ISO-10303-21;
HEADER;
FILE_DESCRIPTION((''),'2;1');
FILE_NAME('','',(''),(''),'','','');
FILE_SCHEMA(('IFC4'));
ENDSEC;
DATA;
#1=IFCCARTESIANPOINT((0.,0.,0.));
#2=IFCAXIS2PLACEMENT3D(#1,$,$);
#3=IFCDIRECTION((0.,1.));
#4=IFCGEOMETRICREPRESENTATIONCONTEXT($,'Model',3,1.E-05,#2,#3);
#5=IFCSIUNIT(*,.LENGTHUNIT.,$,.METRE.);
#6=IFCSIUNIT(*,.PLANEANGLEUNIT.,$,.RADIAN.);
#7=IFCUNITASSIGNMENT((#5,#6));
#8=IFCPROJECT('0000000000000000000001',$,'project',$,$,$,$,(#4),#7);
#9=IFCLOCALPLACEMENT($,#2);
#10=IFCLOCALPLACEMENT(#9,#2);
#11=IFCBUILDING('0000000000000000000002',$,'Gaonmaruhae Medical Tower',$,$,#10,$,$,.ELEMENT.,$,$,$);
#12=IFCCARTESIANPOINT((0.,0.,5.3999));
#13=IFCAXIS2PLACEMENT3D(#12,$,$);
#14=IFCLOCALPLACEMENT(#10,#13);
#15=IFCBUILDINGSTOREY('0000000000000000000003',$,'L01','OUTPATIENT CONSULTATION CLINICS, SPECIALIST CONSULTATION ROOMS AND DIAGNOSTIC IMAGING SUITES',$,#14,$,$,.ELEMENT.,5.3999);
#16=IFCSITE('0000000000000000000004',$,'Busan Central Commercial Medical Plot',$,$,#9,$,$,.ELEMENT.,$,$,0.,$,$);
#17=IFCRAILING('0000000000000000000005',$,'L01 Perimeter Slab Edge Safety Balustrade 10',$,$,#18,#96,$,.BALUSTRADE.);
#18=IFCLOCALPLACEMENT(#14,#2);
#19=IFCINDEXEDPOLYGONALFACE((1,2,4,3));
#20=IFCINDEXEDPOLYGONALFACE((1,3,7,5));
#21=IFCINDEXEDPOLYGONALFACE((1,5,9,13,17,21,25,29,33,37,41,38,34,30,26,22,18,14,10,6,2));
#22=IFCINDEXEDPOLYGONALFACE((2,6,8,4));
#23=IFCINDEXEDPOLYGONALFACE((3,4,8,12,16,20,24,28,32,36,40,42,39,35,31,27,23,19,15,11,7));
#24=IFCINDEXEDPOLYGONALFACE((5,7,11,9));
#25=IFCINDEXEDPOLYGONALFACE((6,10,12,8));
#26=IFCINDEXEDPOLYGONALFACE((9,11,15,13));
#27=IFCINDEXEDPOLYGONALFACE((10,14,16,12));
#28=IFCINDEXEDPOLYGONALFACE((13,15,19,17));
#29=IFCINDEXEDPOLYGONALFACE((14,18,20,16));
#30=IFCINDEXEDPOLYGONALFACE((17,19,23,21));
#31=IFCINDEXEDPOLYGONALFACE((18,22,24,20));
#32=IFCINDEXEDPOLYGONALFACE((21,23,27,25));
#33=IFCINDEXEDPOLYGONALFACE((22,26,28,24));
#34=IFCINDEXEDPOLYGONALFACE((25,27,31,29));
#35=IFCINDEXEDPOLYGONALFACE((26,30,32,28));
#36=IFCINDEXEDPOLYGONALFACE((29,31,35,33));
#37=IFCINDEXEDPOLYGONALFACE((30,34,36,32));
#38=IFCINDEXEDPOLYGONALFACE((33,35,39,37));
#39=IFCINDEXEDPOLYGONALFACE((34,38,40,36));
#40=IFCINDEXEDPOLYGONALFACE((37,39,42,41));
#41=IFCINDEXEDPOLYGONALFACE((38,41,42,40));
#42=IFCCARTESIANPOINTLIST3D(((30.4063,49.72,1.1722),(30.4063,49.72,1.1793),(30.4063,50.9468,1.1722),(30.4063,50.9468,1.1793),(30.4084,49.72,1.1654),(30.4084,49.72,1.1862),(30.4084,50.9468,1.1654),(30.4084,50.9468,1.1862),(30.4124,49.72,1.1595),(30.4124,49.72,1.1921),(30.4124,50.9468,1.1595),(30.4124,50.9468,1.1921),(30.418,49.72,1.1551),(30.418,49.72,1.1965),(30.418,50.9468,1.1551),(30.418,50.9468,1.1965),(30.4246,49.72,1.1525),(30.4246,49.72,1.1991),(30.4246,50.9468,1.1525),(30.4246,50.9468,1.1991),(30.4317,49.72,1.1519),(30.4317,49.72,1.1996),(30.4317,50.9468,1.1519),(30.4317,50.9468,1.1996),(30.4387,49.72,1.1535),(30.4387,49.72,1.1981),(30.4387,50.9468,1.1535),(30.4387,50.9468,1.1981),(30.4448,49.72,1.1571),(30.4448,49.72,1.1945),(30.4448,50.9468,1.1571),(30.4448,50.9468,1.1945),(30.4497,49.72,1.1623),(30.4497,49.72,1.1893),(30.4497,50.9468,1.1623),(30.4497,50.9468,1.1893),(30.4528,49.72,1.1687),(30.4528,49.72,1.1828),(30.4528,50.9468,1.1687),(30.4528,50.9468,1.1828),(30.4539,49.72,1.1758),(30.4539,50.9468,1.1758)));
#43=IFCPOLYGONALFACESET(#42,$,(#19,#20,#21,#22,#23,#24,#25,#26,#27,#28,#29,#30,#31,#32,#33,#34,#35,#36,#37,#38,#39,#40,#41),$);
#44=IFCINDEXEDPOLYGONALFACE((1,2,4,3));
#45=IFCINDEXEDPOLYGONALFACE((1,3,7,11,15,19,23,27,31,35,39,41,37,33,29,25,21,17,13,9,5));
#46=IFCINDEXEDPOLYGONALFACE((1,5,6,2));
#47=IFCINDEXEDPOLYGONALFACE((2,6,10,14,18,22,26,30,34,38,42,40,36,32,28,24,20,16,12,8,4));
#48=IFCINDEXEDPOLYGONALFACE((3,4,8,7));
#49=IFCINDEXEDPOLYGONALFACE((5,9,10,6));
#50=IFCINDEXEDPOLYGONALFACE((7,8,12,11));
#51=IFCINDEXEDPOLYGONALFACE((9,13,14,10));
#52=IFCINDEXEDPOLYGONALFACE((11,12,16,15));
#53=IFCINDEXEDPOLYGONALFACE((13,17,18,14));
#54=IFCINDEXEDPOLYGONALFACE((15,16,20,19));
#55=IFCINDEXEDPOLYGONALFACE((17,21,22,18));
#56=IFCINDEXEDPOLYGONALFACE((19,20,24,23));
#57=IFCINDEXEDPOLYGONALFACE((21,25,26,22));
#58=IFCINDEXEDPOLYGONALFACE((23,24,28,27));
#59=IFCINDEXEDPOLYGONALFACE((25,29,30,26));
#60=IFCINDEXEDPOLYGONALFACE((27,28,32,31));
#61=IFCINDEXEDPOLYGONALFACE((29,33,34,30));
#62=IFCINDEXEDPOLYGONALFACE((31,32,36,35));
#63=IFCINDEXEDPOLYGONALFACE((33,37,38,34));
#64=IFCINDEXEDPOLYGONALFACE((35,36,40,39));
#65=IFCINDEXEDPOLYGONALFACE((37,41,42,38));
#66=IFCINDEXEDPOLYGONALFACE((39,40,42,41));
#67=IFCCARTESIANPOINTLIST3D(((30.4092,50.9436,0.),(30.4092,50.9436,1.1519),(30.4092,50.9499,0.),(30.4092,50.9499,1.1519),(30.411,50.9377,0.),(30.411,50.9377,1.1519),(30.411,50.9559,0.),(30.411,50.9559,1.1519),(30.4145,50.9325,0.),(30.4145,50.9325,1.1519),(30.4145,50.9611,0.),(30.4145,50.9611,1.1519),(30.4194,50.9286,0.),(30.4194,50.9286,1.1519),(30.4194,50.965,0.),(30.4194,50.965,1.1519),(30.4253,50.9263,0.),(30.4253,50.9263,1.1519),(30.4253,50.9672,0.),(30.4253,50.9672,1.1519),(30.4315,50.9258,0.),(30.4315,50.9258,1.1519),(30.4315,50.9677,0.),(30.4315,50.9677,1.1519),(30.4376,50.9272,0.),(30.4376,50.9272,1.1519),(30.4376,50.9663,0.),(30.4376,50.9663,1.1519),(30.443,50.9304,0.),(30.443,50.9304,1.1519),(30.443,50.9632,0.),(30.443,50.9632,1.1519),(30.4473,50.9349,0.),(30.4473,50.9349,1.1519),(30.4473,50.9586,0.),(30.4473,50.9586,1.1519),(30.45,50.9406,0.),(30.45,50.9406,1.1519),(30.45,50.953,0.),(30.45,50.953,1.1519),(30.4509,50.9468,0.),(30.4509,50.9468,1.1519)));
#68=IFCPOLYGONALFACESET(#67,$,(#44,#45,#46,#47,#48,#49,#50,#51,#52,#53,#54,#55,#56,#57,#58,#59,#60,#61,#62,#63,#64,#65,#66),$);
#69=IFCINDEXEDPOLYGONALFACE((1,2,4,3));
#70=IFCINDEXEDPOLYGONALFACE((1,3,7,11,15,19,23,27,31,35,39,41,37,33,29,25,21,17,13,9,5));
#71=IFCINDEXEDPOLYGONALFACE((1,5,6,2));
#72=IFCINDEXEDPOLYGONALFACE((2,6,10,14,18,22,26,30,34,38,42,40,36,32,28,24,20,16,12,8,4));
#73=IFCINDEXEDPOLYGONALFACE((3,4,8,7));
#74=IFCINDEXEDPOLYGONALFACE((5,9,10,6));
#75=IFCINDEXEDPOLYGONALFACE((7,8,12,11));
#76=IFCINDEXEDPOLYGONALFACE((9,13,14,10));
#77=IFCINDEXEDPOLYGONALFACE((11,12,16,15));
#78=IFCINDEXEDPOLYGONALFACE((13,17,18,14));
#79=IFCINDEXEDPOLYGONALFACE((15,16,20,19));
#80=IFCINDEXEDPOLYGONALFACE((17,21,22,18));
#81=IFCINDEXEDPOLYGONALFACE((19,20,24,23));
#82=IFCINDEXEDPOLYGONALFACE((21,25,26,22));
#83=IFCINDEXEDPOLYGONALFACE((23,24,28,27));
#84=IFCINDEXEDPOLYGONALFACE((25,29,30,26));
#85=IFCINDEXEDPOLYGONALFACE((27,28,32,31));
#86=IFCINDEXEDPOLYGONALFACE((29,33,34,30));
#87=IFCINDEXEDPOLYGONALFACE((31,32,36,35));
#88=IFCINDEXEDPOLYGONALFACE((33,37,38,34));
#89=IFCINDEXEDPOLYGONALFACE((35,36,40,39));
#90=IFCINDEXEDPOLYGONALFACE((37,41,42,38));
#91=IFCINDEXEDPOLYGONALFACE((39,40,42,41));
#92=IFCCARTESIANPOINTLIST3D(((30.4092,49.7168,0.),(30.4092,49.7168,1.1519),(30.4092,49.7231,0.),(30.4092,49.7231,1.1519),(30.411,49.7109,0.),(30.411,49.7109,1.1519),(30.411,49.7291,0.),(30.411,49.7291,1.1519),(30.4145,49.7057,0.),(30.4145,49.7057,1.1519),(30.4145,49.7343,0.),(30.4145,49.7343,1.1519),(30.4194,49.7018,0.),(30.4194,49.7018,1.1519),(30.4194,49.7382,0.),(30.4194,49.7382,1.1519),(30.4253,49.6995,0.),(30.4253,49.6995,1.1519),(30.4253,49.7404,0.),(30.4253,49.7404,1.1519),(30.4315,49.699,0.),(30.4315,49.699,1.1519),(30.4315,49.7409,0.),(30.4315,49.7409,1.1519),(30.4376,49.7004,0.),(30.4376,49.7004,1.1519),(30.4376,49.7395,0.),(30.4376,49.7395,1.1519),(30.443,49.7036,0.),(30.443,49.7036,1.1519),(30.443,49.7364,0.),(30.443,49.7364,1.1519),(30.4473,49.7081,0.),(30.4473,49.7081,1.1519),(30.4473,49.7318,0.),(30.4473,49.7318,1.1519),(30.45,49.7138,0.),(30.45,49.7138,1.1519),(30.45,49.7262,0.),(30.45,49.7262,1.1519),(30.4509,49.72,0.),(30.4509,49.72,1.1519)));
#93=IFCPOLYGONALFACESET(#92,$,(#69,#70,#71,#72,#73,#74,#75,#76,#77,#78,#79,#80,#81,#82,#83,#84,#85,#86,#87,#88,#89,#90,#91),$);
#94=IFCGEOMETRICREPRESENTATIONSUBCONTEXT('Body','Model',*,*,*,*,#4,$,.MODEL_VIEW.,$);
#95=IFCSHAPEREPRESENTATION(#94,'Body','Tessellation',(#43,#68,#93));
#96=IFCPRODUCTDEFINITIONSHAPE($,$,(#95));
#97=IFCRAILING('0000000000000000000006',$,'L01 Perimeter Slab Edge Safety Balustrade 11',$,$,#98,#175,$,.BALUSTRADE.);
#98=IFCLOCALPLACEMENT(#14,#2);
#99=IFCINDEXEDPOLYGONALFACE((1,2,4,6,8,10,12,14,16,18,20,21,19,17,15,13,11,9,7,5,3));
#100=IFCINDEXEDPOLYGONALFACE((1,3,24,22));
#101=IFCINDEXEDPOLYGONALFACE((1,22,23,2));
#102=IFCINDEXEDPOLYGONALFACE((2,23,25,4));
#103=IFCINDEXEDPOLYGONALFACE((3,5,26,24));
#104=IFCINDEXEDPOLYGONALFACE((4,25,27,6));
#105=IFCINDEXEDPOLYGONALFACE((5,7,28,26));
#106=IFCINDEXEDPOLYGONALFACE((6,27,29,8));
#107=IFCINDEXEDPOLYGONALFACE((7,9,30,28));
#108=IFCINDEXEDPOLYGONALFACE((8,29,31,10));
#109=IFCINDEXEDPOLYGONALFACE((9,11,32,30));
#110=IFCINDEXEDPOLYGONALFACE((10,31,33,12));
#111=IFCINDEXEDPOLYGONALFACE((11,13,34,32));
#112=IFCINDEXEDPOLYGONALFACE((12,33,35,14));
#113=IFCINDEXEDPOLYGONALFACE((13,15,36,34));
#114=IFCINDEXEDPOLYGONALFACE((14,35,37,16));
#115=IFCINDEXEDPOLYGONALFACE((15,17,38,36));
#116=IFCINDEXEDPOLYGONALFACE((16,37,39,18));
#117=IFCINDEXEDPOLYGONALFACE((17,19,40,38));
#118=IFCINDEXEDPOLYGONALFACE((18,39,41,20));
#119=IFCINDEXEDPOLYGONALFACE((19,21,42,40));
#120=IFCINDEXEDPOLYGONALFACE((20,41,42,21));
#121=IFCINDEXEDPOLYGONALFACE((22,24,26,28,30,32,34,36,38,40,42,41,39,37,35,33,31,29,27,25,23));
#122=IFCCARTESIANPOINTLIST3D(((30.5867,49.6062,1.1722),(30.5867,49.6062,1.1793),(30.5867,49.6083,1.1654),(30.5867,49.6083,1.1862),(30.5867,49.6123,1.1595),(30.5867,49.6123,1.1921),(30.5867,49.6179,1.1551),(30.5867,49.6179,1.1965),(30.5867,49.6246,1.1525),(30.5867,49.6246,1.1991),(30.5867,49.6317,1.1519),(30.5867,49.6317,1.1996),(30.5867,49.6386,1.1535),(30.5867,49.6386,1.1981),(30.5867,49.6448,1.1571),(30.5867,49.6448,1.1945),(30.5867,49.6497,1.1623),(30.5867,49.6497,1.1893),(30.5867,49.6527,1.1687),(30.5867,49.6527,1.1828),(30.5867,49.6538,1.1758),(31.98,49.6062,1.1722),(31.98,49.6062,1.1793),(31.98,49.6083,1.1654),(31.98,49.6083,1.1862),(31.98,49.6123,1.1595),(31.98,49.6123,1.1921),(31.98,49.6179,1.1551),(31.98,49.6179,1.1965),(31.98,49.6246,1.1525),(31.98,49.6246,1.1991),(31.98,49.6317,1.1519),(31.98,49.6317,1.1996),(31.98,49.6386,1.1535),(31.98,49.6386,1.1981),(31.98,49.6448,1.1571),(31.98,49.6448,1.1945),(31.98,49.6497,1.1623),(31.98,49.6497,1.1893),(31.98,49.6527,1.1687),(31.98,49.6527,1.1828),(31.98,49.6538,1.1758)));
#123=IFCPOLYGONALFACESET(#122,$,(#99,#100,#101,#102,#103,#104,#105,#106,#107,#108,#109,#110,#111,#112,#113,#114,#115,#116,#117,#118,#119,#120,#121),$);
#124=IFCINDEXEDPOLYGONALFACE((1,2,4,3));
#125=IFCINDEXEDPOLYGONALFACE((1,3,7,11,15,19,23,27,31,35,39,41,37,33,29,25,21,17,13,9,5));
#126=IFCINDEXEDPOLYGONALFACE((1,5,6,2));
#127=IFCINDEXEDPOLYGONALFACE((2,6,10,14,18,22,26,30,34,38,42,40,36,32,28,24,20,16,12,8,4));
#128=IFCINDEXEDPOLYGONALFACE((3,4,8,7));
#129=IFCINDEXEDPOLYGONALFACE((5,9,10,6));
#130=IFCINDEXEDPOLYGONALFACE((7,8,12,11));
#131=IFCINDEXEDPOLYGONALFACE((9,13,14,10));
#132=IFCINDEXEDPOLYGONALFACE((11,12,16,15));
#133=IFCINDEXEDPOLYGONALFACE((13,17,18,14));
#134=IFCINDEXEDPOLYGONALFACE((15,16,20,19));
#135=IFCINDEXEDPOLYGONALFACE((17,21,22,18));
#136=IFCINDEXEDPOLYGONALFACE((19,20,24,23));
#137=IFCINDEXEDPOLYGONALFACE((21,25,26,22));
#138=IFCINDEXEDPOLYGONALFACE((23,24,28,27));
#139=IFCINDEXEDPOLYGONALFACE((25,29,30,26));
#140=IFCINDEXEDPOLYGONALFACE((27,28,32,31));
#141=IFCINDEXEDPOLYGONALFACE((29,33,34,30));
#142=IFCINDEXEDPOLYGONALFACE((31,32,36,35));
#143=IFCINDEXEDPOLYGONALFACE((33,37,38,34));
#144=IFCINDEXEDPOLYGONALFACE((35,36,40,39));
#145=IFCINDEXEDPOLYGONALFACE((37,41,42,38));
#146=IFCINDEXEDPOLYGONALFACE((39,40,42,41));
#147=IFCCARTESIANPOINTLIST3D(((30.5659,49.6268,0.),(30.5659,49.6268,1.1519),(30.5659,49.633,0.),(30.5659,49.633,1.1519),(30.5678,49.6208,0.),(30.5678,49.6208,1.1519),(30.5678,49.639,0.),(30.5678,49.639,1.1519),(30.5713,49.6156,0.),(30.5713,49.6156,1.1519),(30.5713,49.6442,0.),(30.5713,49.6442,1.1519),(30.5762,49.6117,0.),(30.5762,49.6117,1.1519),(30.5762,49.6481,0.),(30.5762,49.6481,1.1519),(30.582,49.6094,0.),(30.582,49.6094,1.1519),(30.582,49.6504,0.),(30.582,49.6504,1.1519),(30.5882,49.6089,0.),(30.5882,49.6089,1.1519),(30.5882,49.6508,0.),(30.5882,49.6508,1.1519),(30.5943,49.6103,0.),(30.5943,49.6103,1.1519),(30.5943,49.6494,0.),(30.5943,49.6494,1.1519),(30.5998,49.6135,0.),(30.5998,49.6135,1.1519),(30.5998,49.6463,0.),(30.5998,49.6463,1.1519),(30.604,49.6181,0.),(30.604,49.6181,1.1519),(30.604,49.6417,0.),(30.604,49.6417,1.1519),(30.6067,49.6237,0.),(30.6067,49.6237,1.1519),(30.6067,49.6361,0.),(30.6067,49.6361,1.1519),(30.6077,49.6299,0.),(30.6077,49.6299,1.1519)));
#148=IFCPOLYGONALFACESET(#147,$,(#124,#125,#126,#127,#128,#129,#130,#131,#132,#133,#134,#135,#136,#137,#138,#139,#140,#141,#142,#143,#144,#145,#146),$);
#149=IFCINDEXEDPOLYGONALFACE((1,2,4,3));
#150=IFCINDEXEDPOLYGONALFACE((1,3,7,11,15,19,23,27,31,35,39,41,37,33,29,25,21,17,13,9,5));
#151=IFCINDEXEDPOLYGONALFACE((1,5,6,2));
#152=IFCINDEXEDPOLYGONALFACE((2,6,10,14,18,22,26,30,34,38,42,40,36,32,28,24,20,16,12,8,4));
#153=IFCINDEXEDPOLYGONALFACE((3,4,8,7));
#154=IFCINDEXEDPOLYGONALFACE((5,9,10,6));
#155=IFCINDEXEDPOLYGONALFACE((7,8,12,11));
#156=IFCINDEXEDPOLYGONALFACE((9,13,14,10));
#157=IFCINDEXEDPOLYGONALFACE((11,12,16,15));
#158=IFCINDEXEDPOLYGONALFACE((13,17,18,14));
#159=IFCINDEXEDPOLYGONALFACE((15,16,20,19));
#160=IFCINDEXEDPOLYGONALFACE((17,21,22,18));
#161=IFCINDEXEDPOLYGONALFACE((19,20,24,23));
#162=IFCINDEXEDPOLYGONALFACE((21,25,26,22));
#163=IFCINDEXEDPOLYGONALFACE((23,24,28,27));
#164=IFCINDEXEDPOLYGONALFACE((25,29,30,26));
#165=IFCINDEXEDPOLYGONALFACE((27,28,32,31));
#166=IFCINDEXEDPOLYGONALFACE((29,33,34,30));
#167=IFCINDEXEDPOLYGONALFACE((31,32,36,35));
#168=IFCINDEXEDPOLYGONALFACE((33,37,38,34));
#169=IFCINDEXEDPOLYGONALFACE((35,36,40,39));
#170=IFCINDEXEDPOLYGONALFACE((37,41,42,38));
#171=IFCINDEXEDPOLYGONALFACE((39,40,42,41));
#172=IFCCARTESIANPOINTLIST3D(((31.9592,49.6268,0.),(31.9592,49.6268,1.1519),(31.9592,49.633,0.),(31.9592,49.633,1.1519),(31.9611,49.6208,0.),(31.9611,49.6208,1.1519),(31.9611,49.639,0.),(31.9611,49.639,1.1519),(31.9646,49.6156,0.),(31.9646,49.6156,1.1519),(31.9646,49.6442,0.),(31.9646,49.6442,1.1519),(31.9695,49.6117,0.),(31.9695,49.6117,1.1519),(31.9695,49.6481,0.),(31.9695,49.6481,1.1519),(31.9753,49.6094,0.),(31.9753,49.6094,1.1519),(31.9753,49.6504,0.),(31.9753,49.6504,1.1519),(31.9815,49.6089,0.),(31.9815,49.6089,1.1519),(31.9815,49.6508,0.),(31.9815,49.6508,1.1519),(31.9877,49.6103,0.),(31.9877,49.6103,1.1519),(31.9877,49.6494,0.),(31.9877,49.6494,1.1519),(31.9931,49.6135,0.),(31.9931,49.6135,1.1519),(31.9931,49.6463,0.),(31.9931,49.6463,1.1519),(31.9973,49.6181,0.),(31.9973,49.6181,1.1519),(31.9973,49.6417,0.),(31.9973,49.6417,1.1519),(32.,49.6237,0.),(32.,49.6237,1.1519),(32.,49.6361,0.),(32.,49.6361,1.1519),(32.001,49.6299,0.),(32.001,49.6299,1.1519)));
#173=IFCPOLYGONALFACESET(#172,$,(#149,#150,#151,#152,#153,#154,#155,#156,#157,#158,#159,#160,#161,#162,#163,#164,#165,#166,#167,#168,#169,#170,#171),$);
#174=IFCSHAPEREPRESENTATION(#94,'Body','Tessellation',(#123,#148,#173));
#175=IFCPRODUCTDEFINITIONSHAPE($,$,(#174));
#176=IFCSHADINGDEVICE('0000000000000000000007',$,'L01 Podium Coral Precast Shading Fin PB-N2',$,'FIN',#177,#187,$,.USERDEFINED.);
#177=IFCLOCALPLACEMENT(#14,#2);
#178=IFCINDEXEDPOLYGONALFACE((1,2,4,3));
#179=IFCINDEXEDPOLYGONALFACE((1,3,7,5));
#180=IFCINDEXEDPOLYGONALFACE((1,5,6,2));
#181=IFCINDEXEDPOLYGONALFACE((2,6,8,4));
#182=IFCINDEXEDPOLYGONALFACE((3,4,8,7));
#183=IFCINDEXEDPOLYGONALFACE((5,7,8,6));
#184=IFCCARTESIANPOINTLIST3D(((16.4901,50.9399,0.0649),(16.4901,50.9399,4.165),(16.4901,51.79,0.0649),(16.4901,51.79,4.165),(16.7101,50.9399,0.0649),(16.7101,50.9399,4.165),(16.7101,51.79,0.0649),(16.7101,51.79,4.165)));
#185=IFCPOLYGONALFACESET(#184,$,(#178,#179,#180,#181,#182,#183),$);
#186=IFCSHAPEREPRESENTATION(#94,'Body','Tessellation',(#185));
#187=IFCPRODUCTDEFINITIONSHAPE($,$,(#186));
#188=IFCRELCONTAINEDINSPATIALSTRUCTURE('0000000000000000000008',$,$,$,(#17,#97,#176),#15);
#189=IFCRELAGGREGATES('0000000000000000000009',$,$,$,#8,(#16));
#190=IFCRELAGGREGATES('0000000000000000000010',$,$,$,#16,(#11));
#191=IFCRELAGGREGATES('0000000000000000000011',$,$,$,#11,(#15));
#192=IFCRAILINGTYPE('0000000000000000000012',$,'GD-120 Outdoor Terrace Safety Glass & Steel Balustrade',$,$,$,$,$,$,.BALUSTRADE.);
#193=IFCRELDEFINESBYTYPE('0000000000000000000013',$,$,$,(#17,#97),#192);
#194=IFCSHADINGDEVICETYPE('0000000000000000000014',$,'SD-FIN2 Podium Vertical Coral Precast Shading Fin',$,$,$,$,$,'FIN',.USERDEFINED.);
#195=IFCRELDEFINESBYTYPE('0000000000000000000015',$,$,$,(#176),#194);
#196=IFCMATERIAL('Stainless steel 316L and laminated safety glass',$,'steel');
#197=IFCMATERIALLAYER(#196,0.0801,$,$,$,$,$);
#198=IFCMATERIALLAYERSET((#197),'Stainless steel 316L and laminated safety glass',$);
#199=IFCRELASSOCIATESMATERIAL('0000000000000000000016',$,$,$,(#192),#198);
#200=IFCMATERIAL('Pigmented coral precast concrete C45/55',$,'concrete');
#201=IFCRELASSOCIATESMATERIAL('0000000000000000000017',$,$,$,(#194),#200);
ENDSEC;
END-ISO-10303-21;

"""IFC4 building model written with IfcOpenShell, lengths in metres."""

from ifc_helpers import new_model, si_unit, direction, frame, origin, origin_2d, place, context, subcontext, project, spatial, rectangle, circle, extrude, material, layer, layer_set, type_object, element, save


model = new_model("IFC4")

# Units and contexts
model_context = context("Model", 3, precision=1e-05, world=origin(), true_north=direction((0.0, 1.0)))
body_context = subcontext(model_context, "Body", "Model", "MODEL_VIEW")
ifc_project = project(units=[si_unit("LENGTHUNIT", "METRE"), si_unit("PLANEANGLEUNIT", "RADIAN")], contexts=[model_context])

# Site, building, storey
site_placement = place(None, origin())
site = spatial("IfcSite", under=ifc_project, at=site_placement, Name="Busan Central Commercial Medical Plot", CompositionType="ELEMENT", RefElevation=0.0)
building_placement = place(site_placement, origin())
building = spatial("IfcBuilding", under=site, at=building_placement, Name="Gaonmaruhae Medical Tower", CompositionType="ELEMENT")
storey_placement = place(building_placement, frame((0.0, 0.0, 5.3999)))
storey = spatial("IfcBuildingStorey", under=building, at=storey_placement, Name="L01", Description="OUTPATIENT CONSULTATION CLINICS, SPECIALIST CONSULTATION ROOMS AND DIAGNOSTIC IMAGING SUITES", CompositionType="ELEMENT", Elevation=5.3999)

# Railings
ifc_material_1 = material(Name="Stainless steel 316L and laminated safety glass", Category="steel")
ifc_layer_1 = layer(ifc_material_1, 0.0801)
ifc_layer_set_1 = layer_set([ifc_layer_1], Name="Stainless steel 316L and laminated safety glass")
railing_type = type_object("IfcRailingType", Name="GD-120 Outdoor Terrace Safety Glass & Steel Balustrade", PredefinedType="BALUSTRADE", material=ifc_layer_set_1)
railing_1_placement = place(storey_placement, frame((30.4299, 50.9468, 0.0)))
element("IfcRailing", 1, at=railing_1_placement, inside=storey, type_object=railing_type, Name="L01 Perimeter Slab Edge Safety Balustrade 10", PredefinedType="BALUSTRADE", context=body_context, shape_type="SweptSolid", body=[
    extrude(circle(Radius=0.0239, at=origin_2d()), frame((0.0, 0.0, 1.1758), z_axis=(0.0, -1.0, 0.0), x_axis=(1.0, 0.0, 0.0)), (0.0, 0.0, 1.0), 1.2268),
    extrude(circle(Radius=0.021, at=origin_2d()), origin(), (0.0, 0.0, 1.0), 1.1519),
    extrude(circle(Radius=0.021, at=origin_2d()), frame((0.0, -1.2268, 0.0)), (0.0, 0.0, 1.0), 1.1519),
])
railing_2_placement = place(storey_placement, frame((30.5867, 49.6299, 0.0)))
element("IfcRailing", 2, at=railing_2_placement, inside=storey, type_object=railing_type, Name="L01 Perimeter Slab Edge Safety Balustrade 11", PredefinedType="BALUSTRADE", context=body_context, shape_type="SweptSolid", body=[
    extrude(circle(Radius=0.0239, at=origin_2d()), frame((0.0, 0.0, 1.1758), z_axis=(1.0, 0.0, 0.0), x_axis=(0.0, 1.0, 0.0)), (0.0, 0.0, 1.0), 1.3933),
    extrude(circle(Radius=0.021, at=origin_2d()), origin(), (0.0, 0.0, 1.0), 1.1519),
    extrude(circle(Radius=0.021, at=origin_2d()), frame((1.3933, 0.0, 0.0)), (0.0, 0.0, 1.0), 1.1519),
])

# Shading device
ifc_material_2 = material(Name="Pigmented coral precast concrete C45/55", Category="concrete")
shading_device_type = type_object("IfcShadingDeviceType", Name="SD-FIN2 Podium Vertical Coral Precast Shading Fin", ElementType="FIN", PredefinedType="USERDEFINED", material=ifc_material_2)
shading_device_placement = place(storey_placement, frame((16.6001, 51.365, 0.0649), z_axis=(0.0, 0.0, 1.0), x_axis=(1.0, 0.0, 0.0)))
element("IfcShadingDevice", 3, at=shading_device_placement, inside=storey, type_object=shading_device_type, Name="L01 Podium Coral Precast Shading Fin PB-N2", ObjectType="FIN", PredefinedType="USERDEFINED", context=body_context, shape_type="SweptSolid", body=[
    extrude(rectangle(XDim=0.22, YDim=0.8501, at=origin_2d()), origin(), (0.0, 0.0, 1.0), 4.1001),
])

save(model, "model.ifc")
